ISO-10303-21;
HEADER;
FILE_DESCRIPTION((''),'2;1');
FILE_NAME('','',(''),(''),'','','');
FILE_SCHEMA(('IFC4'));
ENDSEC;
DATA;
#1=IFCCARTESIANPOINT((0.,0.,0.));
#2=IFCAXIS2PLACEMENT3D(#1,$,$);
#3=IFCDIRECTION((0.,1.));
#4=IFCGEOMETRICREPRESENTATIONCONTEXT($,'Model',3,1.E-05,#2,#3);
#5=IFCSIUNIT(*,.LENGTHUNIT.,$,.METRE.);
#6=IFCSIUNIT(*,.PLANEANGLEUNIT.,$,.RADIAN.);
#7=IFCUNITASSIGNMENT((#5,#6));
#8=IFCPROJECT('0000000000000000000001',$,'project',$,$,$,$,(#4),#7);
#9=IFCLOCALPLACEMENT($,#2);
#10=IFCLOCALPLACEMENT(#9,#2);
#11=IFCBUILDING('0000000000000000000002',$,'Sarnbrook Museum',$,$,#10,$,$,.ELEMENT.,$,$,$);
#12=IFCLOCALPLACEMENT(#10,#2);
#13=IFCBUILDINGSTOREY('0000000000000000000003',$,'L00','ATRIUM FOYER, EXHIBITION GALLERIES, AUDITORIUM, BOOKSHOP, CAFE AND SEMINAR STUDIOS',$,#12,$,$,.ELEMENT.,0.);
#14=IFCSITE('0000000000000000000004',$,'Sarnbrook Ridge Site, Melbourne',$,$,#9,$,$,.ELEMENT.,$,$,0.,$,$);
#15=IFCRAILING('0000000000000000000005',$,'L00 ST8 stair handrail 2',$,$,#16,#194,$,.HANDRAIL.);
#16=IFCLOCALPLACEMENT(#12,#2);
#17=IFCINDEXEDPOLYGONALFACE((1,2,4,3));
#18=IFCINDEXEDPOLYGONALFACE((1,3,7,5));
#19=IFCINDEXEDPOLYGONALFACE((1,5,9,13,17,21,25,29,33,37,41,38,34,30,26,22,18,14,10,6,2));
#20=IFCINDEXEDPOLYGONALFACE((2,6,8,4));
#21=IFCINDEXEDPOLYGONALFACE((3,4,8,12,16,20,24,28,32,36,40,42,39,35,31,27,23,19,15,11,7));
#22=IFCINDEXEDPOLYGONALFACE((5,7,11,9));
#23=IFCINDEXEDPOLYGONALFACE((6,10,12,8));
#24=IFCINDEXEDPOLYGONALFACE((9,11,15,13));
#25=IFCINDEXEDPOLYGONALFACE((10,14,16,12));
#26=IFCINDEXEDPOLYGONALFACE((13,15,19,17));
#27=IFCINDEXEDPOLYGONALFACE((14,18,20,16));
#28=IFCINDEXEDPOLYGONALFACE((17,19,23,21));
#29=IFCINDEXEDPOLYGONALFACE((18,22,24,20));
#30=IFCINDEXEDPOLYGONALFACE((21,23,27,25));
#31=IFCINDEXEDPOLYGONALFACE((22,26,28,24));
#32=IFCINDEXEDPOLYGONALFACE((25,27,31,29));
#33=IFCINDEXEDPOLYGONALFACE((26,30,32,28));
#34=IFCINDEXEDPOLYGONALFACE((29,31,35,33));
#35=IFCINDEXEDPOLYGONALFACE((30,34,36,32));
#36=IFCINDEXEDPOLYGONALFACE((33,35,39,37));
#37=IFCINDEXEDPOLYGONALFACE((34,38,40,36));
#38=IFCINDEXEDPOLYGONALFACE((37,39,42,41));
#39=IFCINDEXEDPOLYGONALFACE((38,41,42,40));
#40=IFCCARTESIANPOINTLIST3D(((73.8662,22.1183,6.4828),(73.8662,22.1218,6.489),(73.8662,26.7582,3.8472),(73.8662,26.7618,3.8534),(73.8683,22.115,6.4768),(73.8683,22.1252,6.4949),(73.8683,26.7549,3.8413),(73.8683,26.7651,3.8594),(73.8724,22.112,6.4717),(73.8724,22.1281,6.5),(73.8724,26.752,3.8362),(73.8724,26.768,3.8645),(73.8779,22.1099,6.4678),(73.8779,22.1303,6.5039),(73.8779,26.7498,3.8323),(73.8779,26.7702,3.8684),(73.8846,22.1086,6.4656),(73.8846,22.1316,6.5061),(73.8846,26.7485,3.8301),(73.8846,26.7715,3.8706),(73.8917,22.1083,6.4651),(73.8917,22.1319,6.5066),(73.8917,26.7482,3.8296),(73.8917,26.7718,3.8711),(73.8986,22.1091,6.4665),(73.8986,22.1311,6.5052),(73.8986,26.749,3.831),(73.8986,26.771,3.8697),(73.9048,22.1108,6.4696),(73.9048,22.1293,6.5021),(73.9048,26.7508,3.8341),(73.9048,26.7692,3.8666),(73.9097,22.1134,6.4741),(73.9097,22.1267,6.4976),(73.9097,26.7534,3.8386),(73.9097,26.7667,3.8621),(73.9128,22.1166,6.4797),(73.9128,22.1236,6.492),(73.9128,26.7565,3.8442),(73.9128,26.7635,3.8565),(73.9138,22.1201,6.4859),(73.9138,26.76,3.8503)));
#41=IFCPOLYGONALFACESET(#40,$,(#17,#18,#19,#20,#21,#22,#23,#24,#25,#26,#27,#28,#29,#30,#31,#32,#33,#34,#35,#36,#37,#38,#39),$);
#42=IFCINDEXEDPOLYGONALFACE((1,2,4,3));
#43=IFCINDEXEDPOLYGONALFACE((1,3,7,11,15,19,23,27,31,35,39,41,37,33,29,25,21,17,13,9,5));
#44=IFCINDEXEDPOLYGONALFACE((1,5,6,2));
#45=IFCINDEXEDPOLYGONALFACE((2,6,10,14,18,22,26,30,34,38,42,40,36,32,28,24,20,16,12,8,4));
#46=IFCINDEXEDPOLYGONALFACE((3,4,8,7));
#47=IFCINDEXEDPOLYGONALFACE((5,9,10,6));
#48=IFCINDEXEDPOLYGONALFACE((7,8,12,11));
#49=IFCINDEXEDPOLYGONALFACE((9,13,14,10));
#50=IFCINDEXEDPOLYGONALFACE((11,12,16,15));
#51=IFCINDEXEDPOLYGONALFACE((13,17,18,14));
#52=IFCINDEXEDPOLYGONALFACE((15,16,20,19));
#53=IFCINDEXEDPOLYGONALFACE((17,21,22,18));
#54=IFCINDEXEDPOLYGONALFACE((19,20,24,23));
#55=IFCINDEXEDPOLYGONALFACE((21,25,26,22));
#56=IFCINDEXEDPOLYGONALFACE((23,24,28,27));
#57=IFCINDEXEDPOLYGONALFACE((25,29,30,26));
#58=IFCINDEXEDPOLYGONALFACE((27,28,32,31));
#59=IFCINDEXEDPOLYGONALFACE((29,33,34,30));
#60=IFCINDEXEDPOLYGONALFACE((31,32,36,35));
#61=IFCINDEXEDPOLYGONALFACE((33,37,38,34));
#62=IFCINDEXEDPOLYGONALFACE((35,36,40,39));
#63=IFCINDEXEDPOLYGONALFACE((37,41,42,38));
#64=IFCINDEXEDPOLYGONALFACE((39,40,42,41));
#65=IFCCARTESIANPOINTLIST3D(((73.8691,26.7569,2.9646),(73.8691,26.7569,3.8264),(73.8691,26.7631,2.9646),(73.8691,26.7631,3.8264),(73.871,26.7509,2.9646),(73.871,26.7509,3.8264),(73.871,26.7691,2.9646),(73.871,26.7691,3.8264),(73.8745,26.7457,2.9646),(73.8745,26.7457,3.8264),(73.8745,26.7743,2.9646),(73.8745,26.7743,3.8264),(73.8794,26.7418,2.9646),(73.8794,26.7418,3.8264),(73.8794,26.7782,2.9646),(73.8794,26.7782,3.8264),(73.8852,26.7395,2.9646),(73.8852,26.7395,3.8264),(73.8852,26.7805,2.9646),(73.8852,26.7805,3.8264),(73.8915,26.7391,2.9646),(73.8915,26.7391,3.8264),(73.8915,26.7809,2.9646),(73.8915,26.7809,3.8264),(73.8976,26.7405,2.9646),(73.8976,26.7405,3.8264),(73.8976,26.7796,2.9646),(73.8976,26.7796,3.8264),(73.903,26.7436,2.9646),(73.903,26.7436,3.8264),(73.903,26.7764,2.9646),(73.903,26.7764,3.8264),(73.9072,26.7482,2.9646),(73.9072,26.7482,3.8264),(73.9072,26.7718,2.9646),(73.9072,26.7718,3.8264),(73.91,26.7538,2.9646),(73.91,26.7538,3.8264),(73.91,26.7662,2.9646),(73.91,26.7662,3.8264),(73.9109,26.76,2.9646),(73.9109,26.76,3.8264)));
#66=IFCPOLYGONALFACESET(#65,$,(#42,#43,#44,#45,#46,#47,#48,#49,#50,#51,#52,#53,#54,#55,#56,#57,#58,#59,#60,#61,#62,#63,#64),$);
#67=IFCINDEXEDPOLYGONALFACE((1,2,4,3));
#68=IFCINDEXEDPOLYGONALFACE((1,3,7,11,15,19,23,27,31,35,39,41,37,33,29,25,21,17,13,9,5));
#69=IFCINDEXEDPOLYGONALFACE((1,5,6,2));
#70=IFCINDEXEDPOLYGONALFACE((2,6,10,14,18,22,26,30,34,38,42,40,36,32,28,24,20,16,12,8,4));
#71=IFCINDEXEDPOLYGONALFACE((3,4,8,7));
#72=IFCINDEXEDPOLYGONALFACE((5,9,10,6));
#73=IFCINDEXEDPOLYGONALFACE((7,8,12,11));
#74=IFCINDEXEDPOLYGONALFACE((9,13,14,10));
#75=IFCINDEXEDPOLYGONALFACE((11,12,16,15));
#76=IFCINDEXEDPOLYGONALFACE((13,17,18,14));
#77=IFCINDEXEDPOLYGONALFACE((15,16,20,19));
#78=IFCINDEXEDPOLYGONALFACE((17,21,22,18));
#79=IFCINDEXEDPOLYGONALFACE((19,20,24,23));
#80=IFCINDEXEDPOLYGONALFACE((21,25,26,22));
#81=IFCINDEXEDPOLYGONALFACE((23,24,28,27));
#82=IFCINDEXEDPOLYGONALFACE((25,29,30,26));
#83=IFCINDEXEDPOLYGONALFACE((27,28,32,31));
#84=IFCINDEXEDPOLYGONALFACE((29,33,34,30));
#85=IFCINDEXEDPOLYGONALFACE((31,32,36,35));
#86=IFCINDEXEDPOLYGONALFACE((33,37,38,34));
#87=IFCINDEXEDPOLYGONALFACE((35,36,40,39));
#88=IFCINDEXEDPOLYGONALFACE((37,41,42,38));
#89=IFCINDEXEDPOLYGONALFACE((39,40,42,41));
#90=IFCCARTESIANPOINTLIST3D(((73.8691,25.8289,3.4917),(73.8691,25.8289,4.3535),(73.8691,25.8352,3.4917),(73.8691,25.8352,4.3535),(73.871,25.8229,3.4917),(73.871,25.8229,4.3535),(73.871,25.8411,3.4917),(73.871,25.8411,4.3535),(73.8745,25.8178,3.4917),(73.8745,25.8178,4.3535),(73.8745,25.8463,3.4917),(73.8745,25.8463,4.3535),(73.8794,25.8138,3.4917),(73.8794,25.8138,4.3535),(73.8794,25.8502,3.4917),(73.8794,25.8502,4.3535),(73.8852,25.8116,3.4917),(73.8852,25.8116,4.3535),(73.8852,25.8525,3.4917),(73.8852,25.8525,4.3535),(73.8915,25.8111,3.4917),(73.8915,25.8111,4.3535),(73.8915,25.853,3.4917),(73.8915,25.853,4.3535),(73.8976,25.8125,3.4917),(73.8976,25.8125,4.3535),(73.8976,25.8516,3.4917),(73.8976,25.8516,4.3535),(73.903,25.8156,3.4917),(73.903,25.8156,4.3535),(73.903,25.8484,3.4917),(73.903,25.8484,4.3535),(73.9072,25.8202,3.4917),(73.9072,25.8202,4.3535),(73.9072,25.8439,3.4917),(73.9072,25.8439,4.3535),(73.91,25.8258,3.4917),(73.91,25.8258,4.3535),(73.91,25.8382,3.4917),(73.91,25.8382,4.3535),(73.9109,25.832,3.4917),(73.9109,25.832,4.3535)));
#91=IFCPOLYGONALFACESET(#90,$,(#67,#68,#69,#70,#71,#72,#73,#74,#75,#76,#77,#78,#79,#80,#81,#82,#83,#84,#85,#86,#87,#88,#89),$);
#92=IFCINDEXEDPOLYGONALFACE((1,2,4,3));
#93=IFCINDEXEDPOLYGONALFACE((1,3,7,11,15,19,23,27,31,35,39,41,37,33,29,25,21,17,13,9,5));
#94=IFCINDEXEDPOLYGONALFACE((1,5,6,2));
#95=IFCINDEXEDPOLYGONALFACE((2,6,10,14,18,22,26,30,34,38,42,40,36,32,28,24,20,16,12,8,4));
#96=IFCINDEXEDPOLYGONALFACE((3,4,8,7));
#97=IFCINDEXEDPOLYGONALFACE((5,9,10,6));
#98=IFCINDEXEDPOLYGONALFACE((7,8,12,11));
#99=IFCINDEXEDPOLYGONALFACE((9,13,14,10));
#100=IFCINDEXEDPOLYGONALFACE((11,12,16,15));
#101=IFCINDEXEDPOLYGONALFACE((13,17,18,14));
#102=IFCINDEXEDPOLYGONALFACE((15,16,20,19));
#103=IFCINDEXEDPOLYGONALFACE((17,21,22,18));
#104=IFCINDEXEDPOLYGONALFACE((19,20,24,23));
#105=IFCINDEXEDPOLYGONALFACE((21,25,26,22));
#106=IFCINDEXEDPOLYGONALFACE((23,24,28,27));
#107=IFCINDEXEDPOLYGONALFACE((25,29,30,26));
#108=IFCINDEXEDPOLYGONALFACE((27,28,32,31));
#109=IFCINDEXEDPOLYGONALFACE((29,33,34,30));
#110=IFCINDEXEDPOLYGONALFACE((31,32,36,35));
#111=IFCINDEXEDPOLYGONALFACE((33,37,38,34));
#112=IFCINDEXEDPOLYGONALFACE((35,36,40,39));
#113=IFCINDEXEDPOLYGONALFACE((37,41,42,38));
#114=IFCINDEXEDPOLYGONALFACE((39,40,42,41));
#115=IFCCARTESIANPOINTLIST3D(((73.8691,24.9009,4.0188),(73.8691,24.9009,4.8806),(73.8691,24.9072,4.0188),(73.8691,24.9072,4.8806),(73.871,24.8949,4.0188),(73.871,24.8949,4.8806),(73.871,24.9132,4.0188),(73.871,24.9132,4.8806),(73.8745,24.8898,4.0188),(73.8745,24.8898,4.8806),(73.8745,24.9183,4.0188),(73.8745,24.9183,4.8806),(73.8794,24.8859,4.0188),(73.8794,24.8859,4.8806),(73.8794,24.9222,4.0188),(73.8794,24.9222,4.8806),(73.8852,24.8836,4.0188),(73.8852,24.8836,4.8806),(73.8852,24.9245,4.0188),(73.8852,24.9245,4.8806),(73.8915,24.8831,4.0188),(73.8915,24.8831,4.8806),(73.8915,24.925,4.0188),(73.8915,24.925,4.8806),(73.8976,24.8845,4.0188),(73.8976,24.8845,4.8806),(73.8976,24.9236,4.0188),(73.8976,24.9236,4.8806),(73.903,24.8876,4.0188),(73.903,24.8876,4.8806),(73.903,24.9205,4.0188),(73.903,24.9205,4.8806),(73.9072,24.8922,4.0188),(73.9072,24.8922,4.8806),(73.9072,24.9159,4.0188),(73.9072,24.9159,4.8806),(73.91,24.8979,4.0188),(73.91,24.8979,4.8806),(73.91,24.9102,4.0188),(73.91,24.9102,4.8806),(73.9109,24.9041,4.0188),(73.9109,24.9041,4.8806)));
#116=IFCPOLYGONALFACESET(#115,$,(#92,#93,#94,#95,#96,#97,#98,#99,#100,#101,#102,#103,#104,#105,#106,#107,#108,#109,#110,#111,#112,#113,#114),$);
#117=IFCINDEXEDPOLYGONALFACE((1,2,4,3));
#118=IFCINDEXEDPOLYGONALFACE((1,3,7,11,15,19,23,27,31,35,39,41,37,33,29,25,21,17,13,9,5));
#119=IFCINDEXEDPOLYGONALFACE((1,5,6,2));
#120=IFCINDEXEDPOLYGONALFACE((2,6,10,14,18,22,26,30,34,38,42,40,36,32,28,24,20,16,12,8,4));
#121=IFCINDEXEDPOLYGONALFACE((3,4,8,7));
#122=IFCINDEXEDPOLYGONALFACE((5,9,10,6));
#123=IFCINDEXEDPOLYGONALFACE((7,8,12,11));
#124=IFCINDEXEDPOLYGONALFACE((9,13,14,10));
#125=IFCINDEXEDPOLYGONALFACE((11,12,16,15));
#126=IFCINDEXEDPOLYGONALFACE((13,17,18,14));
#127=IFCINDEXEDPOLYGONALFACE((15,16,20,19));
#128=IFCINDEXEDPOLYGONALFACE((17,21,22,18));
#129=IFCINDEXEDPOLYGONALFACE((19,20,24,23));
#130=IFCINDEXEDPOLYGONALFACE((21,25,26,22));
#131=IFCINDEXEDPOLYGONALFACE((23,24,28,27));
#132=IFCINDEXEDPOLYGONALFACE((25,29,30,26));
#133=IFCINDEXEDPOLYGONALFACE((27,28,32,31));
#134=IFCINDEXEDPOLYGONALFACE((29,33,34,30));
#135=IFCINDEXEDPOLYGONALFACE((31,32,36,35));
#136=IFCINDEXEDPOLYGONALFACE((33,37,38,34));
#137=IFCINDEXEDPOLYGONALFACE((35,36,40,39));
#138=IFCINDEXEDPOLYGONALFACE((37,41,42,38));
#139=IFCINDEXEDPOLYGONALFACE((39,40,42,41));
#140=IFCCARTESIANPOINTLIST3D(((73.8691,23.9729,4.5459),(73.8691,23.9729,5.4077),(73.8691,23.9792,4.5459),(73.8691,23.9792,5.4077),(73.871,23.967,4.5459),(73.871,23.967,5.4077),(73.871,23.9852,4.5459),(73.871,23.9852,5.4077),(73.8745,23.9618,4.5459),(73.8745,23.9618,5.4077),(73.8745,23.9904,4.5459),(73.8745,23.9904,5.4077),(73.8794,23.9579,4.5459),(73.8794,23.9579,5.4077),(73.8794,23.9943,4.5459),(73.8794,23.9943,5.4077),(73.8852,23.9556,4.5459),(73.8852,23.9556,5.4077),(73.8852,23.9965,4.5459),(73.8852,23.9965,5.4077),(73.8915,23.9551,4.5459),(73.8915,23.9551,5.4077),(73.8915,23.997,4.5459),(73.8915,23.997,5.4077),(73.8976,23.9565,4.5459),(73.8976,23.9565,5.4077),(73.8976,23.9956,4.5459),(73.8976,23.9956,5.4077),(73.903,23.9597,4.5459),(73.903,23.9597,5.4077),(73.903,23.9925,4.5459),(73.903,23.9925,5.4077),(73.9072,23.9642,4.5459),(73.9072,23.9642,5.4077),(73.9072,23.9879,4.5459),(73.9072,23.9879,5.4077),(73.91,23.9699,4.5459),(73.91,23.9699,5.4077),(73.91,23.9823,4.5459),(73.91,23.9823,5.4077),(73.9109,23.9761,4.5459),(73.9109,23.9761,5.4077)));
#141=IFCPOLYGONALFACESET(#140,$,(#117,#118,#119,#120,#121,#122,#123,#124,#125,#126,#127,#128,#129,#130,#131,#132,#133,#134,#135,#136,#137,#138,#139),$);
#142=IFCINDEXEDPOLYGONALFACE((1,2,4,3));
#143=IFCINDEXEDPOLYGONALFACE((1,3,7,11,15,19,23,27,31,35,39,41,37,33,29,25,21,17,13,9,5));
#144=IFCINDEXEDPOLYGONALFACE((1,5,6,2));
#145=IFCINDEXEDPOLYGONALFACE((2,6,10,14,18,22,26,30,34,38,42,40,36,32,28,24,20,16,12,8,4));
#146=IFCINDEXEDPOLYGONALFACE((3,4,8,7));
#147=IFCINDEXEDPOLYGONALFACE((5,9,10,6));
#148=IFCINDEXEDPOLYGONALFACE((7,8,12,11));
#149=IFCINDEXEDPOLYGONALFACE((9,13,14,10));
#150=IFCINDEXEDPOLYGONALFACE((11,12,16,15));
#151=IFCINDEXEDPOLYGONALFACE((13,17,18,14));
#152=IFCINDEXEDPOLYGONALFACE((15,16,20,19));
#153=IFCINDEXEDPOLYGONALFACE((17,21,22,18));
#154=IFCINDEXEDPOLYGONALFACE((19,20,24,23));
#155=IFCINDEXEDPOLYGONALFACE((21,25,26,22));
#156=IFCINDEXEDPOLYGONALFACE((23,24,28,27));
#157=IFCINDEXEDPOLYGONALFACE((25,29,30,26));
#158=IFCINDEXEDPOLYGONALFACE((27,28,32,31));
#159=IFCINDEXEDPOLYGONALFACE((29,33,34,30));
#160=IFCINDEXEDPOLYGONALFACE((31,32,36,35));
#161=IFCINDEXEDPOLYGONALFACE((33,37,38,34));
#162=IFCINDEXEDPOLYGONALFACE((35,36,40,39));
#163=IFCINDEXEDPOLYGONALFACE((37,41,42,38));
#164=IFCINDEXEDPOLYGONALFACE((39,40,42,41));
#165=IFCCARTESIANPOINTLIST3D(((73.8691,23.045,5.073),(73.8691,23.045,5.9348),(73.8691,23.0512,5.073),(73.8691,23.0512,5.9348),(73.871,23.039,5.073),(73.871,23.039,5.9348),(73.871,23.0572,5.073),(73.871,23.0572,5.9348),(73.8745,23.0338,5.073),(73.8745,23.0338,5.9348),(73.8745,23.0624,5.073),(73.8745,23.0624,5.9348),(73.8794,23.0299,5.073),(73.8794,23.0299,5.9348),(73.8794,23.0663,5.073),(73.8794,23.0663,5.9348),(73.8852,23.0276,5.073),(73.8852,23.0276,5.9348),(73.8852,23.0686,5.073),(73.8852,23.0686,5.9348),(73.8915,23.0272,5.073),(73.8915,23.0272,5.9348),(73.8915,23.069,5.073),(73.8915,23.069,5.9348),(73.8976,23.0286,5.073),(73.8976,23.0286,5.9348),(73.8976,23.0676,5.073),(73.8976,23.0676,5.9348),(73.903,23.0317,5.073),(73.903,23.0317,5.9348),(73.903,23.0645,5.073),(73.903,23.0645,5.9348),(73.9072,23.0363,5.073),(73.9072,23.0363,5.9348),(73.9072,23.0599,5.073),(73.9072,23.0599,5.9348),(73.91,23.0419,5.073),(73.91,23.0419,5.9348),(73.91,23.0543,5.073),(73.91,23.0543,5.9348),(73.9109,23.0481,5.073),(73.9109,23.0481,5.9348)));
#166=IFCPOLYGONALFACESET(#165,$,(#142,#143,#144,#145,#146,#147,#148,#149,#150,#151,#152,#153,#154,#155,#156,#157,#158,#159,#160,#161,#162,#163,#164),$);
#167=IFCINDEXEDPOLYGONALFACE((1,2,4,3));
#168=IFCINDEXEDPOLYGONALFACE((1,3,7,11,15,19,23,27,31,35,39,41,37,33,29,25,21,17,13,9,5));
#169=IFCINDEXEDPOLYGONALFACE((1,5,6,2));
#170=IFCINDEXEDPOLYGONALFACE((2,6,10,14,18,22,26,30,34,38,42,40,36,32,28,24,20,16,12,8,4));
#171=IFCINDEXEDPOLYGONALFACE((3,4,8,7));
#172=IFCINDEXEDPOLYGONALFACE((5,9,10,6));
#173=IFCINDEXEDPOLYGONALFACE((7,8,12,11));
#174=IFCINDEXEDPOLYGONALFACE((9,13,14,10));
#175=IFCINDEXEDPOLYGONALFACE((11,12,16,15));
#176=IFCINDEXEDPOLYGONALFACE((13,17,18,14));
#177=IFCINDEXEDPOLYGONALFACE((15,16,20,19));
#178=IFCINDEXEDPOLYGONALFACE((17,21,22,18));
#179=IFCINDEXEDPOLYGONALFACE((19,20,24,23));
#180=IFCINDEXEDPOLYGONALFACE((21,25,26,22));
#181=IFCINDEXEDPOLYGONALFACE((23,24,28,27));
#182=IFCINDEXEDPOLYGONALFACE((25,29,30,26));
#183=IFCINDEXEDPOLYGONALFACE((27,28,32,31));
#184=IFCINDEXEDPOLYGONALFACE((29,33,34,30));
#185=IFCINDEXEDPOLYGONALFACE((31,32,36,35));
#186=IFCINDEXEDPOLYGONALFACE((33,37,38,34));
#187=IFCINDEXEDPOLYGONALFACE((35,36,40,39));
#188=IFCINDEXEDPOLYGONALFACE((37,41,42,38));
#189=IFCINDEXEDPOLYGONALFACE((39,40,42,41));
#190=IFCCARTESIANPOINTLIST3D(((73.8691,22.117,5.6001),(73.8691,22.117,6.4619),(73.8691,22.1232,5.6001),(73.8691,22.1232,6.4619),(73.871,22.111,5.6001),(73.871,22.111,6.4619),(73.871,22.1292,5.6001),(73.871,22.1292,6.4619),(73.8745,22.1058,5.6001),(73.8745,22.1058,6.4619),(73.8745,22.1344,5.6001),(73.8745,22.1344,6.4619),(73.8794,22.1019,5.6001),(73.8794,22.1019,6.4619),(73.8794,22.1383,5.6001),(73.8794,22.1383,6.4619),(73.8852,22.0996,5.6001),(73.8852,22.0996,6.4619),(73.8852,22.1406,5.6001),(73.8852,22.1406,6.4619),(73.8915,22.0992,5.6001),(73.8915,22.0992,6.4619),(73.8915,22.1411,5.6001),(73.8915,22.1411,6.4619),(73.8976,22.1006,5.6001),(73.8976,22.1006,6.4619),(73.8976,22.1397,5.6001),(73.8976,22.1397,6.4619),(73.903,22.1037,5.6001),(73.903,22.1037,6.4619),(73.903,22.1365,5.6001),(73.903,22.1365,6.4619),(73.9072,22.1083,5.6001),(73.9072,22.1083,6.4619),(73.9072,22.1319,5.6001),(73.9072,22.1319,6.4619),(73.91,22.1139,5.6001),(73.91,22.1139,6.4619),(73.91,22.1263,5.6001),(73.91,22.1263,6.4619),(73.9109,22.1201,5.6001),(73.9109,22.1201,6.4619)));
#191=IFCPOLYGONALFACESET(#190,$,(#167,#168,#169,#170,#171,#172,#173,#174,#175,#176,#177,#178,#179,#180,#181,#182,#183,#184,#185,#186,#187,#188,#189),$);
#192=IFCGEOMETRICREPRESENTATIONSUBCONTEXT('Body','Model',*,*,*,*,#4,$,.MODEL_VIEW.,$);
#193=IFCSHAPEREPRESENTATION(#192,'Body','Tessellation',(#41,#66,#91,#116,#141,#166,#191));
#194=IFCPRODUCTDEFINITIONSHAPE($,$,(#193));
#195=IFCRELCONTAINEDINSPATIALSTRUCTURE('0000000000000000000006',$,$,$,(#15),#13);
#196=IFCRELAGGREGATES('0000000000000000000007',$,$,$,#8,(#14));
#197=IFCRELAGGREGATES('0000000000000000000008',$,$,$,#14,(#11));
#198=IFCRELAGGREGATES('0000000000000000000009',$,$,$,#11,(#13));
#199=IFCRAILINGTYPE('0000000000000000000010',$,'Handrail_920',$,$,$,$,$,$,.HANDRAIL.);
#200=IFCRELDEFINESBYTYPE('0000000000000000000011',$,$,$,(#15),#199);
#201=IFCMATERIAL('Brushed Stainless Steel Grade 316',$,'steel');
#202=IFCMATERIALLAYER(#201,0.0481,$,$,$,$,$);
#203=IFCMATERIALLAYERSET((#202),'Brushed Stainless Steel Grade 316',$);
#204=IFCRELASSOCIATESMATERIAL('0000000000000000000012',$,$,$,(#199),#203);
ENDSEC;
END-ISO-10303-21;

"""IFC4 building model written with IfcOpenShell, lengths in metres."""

from ifc_helpers import new_model, si_unit, direction, frame, origin, origin_2d, place, context, subcontext, project, spatial, circle, extrude, material, layer, layer_set, type_object, element, save


model = new_model("IFC4")

# Units and contexts
model_context = context("Model", 3, precision=1e-05, world=origin(), true_north=direction((0.0, 1.0)))
body_context = subcontext(model_context, "Body", "Model", "MODEL_VIEW")
ifc_project = project(units=[si_unit("LENGTHUNIT", "METRE"), si_unit("PLANEANGLEUNIT", "RADIAN")], contexts=[model_context])

# Site, building, storey
site_placement = place(None, origin())
site = spatial("IfcSite", under=ifc_project, at=site_placement, Name="Sarnbrook Ridge Site, Melbourne", CompositionType="ELEMENT", RefElevation=0.0)
building_placement = place(site_placement, origin())
building = spatial("IfcBuilding", under=site, at=building_placement, Name="Sarnbrook Museum", CompositionType="ELEMENT")
storey_placement = place(building_placement, origin())
storey = spatial("IfcBuildingStorey", under=building, at=storey_placement, Name="L00", Description="ATRIUM FOYER, EXHIBITION GALLERIES, AUDITORIUM, BOOKSHOP, CAFE AND SEMINAR STUDIOS", CompositionType="ELEMENT", Elevation=0.0)

# Railing
ifc_material_1 = material(Name="Brushed Stainless Steel Grade 316", Category="steel")
ifc_layer_1 = layer(ifc_material_1, 0.0481)
ifc_layer_set_1 = layer_set([ifc_layer_1], Name="Brushed Stainless Steel Grade 316")
railing_type_1 = type_object("IfcRailingType", Name="Handrail_920", PredefinedType="HANDRAIL", material=ifc_layer_set_1)
railing_1_placement = place(storey_placement, frame((73.8899, 26.76, 2.9646)))
element("IfcRailing", 1, at=railing_1_placement, inside=storey, type_object=railing_type_1, Name="L00 ST8 stair handrail 2", PredefinedType="HANDRAIL", context=body_context, shape_type="SweptSolid", body=[
    extrude(circle(Radius=0.0239, at=origin_2d()), frame((0.0, 0.0, 0.8857), z_axis=(0.0, -0.869521, 0.493895), x_axis=(1.0, 0.0, 0.0)), (0.0, 0.0, 1.0), 5.3362),
    extrude(circle(Radius=0.021, at=origin_2d()), origin(), (0.0, 0.0, 1.0), 0.8618),
    extrude(circle(Radius=0.021, at=origin_2d()), frame((0.0, -0.928, 0.5271)), (0.0, 0.0, 1.0), 0.8618),
    extrude(circle(Radius=0.021, at=origin_2d()), frame((0.0, -1.856, 1.0542)), (0.0, 0.0, 1.0), 0.8618),
    extrude(circle(Radius=0.021, at=origin_2d()), frame((0.0, -2.7839, 1.5813)), (0.0, 0.0, 1.0), 0.8618),
    extrude(circle(Radius=0.021, at=origin_2d()), frame((0.0, -3.7119, 2.1084)), (0.0, 0.0, 1.0), 0.8618),
    extrude(circle(Radius=0.021, at=origin_2d()), frame((0.0, -4.6399, 2.6355)), (0.0, 0.0, 1.0), 0.8618),
])

save(model, "model.ifc")
